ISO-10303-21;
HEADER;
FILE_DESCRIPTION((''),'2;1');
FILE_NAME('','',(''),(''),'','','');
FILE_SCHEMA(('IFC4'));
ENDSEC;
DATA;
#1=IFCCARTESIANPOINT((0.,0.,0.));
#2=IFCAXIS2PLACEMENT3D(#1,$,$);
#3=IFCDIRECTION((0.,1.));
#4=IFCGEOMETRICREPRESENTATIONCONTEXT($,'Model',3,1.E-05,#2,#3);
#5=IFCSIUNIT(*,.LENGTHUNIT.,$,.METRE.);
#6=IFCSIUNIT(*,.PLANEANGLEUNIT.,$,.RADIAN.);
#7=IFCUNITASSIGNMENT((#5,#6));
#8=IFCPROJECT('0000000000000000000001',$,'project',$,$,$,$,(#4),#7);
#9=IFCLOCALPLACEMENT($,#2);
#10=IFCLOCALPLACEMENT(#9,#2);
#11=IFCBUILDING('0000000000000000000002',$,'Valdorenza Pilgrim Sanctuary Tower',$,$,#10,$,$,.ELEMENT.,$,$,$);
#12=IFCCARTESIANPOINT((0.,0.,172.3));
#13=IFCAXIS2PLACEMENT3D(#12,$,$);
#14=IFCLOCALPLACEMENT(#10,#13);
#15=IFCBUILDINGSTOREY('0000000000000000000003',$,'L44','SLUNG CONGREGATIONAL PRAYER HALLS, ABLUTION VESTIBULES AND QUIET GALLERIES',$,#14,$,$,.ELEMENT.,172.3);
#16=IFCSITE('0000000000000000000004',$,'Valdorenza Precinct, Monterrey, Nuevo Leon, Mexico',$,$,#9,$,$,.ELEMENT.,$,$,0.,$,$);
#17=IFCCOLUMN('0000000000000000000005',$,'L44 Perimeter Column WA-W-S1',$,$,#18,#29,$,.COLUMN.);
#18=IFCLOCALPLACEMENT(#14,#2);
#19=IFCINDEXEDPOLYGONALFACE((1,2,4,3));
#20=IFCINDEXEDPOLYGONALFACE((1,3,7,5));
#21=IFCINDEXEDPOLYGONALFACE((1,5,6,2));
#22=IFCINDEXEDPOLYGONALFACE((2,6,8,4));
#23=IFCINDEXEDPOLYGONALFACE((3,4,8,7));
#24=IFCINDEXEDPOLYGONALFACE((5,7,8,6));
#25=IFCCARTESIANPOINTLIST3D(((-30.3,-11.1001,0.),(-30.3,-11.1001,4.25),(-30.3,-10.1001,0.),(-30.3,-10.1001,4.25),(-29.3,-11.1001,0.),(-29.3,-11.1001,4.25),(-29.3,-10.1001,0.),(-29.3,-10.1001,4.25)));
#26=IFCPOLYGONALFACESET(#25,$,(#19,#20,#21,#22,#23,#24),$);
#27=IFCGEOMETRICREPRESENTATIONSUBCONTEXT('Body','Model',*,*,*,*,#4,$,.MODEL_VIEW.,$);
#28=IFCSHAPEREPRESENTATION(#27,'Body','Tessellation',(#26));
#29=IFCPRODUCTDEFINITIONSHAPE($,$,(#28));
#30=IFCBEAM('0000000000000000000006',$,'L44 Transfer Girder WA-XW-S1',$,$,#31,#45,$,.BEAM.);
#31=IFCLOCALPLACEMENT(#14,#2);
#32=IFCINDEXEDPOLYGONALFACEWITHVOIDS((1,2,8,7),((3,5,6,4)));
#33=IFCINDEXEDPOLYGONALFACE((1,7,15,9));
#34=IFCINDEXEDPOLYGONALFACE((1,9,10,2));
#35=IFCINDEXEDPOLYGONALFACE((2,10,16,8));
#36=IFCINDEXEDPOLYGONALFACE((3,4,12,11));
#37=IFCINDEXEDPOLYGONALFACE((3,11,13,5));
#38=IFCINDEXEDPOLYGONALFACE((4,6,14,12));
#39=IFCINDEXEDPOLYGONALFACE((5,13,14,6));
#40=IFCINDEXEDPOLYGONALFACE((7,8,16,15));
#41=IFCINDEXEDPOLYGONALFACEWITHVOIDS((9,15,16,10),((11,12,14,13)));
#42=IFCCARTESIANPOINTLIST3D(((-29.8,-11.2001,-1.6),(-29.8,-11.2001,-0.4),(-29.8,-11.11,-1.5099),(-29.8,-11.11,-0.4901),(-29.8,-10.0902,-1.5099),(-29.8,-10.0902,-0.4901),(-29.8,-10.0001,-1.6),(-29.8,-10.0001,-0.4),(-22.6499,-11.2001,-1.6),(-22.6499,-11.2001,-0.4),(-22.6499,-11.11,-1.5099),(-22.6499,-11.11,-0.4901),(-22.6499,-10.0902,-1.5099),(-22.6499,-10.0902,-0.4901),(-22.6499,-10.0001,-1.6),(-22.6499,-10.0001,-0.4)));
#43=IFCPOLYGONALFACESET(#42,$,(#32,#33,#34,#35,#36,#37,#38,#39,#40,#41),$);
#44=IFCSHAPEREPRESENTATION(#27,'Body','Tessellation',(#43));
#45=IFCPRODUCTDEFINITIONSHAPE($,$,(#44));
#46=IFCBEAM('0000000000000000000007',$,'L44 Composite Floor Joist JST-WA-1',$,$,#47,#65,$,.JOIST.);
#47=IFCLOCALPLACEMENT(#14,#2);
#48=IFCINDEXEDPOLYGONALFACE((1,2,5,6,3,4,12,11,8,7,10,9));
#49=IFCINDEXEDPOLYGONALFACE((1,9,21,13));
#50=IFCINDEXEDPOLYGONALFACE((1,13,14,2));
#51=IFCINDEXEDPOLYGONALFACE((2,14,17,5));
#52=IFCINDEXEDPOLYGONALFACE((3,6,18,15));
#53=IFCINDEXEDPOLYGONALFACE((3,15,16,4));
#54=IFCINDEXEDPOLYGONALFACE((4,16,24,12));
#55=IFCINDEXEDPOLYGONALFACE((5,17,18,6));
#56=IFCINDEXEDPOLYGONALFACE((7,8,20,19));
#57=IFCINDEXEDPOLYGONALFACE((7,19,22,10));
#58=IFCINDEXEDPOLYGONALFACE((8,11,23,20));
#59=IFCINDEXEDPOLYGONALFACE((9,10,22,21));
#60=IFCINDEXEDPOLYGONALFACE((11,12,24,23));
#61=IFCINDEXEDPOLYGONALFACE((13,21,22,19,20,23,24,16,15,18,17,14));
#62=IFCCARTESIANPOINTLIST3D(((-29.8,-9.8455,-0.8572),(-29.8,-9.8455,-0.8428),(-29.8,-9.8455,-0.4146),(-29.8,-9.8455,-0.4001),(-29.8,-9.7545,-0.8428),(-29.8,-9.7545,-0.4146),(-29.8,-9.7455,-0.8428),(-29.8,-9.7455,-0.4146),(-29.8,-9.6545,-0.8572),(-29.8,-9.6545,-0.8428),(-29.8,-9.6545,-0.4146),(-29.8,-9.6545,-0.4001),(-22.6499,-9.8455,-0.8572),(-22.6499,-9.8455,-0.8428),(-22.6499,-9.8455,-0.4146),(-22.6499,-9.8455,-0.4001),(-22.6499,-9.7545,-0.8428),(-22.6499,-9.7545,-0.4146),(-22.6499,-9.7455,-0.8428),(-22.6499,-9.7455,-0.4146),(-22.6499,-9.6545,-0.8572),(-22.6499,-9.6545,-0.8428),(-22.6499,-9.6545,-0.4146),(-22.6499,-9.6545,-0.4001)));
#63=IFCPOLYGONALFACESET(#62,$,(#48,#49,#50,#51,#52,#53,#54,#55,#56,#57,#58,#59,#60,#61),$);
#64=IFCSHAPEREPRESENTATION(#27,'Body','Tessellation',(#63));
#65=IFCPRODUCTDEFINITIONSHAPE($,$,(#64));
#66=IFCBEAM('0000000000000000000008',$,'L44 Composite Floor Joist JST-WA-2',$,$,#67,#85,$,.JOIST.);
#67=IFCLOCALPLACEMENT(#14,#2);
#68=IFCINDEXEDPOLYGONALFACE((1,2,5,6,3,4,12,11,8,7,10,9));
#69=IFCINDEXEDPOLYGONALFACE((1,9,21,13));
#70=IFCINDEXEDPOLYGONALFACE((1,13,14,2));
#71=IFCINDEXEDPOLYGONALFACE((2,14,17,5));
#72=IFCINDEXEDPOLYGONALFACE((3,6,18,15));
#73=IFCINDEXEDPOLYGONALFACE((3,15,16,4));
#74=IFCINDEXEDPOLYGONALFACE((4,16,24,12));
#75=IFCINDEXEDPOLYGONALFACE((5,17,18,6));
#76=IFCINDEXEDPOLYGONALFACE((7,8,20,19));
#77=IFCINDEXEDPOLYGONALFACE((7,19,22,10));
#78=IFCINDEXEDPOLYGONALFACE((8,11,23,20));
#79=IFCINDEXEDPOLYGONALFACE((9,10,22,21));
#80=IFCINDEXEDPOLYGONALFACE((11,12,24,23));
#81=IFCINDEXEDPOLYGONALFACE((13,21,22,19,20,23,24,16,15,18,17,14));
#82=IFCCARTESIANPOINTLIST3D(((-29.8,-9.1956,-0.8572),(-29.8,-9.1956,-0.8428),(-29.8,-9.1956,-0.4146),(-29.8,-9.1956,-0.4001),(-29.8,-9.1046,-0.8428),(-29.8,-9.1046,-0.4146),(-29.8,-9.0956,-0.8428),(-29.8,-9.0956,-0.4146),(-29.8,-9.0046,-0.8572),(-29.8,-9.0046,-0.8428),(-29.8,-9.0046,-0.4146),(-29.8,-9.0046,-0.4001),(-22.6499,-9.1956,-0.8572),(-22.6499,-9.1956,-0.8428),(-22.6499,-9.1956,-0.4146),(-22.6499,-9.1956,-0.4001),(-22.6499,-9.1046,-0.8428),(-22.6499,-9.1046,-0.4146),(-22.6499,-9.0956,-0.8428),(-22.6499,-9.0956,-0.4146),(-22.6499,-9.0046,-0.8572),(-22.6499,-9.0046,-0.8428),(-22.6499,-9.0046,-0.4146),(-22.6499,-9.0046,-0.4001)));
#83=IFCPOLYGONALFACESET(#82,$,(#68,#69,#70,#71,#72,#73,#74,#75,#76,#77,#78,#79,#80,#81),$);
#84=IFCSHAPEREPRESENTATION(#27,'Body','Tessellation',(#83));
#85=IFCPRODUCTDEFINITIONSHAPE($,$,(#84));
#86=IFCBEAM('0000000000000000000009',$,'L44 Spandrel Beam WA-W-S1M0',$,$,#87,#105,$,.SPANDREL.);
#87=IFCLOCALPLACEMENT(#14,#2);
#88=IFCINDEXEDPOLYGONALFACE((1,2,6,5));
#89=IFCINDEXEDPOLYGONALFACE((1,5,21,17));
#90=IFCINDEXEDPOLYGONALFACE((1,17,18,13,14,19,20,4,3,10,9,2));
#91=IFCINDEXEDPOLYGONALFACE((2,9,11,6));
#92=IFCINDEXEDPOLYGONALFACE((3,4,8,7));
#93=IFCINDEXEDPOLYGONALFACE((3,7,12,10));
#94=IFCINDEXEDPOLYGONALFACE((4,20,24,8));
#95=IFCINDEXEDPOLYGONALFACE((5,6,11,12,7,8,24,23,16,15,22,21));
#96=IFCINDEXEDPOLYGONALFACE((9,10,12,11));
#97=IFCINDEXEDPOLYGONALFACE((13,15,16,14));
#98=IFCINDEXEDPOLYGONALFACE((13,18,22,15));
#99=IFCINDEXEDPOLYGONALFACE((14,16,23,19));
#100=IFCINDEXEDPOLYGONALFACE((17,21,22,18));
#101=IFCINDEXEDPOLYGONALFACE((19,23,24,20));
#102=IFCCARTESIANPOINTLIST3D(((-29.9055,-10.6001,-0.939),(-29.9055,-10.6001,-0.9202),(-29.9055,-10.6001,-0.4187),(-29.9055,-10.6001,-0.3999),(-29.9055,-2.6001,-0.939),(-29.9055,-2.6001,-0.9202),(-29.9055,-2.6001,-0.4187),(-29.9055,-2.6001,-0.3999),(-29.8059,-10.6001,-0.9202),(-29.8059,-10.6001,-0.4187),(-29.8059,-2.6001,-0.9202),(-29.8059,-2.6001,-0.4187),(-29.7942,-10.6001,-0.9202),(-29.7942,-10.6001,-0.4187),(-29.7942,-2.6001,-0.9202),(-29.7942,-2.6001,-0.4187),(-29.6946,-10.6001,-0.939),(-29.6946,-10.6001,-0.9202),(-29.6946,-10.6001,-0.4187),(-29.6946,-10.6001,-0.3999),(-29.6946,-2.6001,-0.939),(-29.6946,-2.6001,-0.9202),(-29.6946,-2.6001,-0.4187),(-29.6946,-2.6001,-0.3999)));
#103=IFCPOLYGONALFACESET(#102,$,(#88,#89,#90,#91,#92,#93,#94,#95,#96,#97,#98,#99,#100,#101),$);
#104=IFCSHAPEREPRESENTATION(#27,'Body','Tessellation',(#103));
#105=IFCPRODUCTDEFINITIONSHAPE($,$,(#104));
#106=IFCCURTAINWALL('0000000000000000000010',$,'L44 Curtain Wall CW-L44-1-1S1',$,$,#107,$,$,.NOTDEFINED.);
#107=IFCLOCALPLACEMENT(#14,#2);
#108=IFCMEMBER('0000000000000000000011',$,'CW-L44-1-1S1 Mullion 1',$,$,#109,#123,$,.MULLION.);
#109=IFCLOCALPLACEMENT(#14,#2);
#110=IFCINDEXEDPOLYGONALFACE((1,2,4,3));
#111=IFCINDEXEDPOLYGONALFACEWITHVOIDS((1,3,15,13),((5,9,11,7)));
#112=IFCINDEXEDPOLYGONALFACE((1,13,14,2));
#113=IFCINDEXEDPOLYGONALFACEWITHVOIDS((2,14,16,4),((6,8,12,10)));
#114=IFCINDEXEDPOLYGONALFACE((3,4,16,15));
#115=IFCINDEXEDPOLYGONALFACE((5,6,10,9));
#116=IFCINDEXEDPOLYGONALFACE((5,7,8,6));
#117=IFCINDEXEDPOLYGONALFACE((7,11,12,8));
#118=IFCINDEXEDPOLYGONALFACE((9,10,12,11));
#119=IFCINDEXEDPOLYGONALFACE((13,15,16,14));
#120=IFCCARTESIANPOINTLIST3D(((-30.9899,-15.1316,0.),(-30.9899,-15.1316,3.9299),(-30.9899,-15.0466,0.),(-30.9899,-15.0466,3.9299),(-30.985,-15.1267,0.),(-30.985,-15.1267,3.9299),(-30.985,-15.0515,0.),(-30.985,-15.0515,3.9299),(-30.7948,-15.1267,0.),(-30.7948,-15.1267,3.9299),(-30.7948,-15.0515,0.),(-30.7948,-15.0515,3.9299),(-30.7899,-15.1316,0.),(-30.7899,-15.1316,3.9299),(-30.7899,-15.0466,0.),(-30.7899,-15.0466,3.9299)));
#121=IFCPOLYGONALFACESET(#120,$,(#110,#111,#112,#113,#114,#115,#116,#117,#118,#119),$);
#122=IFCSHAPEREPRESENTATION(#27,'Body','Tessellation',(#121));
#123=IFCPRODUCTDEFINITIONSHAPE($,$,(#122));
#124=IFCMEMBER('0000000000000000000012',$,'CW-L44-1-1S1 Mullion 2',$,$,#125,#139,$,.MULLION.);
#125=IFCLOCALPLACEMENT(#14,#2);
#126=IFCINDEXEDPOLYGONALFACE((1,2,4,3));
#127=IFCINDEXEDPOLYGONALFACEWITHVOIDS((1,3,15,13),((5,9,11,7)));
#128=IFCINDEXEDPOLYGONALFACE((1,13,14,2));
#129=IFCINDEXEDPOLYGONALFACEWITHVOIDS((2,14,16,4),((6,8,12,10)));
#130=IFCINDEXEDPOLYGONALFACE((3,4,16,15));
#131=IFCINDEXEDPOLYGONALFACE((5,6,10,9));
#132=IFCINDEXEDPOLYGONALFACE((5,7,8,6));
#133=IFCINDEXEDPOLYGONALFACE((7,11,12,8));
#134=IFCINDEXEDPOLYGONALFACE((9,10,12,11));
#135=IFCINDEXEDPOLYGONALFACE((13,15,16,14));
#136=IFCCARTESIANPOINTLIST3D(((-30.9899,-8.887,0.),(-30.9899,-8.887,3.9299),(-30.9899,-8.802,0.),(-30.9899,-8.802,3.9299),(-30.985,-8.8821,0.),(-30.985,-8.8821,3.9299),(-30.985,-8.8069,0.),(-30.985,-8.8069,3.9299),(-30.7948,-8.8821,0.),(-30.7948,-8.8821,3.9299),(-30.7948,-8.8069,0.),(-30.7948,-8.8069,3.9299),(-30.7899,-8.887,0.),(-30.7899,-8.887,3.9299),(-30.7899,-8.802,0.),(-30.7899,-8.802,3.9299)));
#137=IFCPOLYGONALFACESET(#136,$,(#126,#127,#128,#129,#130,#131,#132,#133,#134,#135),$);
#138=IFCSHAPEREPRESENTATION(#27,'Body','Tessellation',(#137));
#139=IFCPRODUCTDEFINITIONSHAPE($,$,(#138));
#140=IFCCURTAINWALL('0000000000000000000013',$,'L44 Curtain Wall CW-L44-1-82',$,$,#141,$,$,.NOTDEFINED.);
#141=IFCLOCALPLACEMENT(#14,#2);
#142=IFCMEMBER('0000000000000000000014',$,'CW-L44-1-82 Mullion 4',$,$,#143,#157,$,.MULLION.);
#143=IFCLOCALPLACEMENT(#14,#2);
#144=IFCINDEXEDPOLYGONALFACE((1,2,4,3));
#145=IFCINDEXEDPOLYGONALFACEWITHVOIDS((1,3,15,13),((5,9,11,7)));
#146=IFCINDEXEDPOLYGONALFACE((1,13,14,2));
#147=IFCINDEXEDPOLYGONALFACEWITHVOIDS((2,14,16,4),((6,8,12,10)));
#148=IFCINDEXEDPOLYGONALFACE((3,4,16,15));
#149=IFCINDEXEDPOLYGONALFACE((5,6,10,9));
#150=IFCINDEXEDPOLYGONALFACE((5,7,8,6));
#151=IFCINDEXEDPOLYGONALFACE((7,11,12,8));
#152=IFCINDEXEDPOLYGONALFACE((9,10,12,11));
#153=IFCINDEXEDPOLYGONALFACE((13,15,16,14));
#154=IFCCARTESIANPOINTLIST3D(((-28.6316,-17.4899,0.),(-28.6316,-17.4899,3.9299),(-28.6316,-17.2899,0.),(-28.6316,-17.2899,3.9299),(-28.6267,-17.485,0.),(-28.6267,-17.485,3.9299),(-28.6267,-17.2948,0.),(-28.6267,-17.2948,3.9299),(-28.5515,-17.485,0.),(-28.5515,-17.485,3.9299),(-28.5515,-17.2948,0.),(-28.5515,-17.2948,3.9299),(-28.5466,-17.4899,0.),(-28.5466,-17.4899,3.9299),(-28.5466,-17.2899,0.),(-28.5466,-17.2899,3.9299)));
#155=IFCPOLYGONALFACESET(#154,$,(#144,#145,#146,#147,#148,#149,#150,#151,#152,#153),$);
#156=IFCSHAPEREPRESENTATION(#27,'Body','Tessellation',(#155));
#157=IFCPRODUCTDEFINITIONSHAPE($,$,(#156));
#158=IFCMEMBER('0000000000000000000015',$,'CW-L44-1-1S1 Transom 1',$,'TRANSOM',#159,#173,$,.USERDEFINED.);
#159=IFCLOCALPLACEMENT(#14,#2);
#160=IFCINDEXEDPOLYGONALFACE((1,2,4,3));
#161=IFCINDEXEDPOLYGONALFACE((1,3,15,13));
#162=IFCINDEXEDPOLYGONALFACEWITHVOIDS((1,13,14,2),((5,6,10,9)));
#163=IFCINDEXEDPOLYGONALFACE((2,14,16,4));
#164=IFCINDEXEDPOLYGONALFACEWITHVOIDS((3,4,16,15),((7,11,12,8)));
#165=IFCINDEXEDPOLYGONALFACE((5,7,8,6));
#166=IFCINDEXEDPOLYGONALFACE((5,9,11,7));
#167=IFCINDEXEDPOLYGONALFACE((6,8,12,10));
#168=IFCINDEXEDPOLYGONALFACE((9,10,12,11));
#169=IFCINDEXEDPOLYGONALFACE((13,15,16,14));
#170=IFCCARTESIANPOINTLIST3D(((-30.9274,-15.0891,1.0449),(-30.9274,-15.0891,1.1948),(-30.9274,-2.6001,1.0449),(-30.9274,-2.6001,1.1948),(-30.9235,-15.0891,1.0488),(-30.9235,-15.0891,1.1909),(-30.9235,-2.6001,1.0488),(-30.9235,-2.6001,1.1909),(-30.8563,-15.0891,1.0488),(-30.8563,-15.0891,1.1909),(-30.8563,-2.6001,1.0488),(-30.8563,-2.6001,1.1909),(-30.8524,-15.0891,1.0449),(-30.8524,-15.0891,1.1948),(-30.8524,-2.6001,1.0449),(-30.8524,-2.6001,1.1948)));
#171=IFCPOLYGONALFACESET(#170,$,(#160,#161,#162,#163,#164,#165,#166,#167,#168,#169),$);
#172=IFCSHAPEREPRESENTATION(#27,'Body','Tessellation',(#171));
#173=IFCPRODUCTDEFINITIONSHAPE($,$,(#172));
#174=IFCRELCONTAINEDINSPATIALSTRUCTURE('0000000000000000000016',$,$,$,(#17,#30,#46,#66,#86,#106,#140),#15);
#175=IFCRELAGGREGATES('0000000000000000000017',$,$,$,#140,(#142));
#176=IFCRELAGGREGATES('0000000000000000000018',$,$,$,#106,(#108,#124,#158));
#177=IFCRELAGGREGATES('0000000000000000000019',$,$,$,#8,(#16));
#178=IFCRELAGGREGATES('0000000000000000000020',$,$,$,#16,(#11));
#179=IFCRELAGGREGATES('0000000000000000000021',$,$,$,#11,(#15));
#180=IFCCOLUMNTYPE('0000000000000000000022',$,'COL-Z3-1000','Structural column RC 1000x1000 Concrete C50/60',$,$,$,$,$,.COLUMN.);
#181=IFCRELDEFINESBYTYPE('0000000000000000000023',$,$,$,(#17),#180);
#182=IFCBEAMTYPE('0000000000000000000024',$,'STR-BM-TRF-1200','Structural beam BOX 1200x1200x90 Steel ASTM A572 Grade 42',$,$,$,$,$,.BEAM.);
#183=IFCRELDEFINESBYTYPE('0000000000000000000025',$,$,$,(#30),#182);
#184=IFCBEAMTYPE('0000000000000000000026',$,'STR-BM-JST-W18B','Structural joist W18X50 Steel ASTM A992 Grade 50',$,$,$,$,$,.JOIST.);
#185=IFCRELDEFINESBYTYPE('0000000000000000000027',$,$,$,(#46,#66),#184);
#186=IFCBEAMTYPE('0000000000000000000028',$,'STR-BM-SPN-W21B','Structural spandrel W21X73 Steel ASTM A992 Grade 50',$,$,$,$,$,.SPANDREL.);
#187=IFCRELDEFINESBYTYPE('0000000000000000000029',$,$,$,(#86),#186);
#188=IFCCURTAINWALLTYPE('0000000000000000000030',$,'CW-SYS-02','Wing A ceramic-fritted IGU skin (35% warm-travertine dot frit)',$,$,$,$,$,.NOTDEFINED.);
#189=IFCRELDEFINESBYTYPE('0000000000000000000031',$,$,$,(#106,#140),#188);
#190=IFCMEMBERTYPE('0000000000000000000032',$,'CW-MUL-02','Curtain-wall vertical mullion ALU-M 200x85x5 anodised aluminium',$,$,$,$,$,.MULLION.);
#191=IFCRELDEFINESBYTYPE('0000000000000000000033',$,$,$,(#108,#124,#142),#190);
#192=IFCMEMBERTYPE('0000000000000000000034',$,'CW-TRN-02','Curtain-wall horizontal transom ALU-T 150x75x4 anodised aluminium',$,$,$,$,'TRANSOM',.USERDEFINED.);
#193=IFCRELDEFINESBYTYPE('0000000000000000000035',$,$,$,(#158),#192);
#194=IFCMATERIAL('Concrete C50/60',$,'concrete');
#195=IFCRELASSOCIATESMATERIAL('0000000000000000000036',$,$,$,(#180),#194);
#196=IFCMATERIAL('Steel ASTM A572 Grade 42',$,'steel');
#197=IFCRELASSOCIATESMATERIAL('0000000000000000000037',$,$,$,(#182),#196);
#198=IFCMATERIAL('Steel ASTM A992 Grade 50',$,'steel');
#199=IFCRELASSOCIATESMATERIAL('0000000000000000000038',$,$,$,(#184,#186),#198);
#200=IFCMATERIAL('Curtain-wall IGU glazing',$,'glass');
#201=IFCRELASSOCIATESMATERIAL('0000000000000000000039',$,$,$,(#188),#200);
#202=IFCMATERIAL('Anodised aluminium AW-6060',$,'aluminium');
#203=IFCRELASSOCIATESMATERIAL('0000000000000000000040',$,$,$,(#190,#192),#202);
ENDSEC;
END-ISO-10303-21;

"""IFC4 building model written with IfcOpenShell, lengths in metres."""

from ifc_helpers import new_model, si_unit, direction, frame, origin, origin_2d, place, context, subcontext, project, spatial, rectangle, hollow_rectangle, i_section, extrude, source, transform, mapped, material, material_profile, profile_set, type_object, element, aggregate, save


model = new_model("IFC4")

# Units and contexts
model_context = context("Model", 3, precision=1e-05, world=origin(), true_north=direction((0.0, 1.0)))
body_context = subcontext(model_context, "Body", "Model", "MODEL_VIEW")
ifc_project = project(units=[si_unit("LENGTHUNIT", "METRE"), si_unit("PLANEANGLEUNIT", "RADIAN")], contexts=[model_context])

# Site, building, storey
site_placement = place(None, origin())
site = spatial("IfcSite", under=ifc_project, at=site_placement, Name="Valdorenza Precinct, Monterrey, Nuevo Leon, Mexico", CompositionType="ELEMENT", RefElevation=0.0)
building_placement = place(site_placement, origin())
building = spatial("IfcBuilding", under=site, at=building_placement, Name="Valdorenza Pilgrim Sanctuary Tower", CompositionType="ELEMENT")
storey_placement = place(building_placement, frame((0.0, 0.0, 172.3)))
storey = spatial("IfcBuildingStorey", under=building, at=storey_placement, Name="L44", Description="SLUNG CONGREGATIONAL PRAYER HALLS, ABLUTION VESTIBULES AND QUIET GALLERIES", CompositionType="ELEMENT", Elevation=172.3)

# Column
ifc_material_1 = material(Name="Concrete C50/60", Category="concrete")
ifc_material_profile_1 = material_profile(ifc_material_1, rectangle(XDim=1.0, YDim=1.0, at=origin_2d()), Name="RC 1000x1000")
ifc_profile_set_1 = profile_set([ifc_material_profile_1], Name="Concrete C50/60")
column_type = type_object("IfcColumnType", Name="COL-Z3-1000", Description="Structural column RC 1000x1000 Concrete C50/60", PredefinedType="COLUMN", material=ifc_profile_set_1)
shared_shape_1 = source(origin(), body_context, "Body", "SweptSolid", [
    extrude(rectangle(XDim=1.0, YDim=1.0, at=origin_2d()), origin(), (0.0, 0.0, 1.0), 4.25),
])
column_placement = place(storey_placement, frame((-29.8, -10.6001, 0.0), z_axis=(0.0, 0.0, 1.0), x_axis=(1.0, 0.0, 0.0)))
element("IfcColumn", 1, at=column_placement, inside=storey, type_object=column_type, Name="L44 Perimeter Column WA-W-S1", PredefinedType="COLUMN", context=body_context, shape_type="MappedRepresentation", body=[
    mapped(shared_shape_1, transform((0.0, 0.0, 0.0), x_axis=(1.0, 0.0, 0.0), y_axis=(0.0, 1.0, 0.0), z_axis=(0.0, 0.0, 1.0), scale=1.0)),
])

# Beams
ifc_material_2 = material(Name="Steel ASTM A572 Grade 42", Category="steel")
ifc_material_profile_2 = material_profile(ifc_material_2, hollow_rectangle(XDim=1.2, YDim=1.2, WallThickness=0.0901, at=origin_2d()), Name="BOX 1200x1200x90")
ifc_profile_set_2 = profile_set([ifc_material_profile_2], Name="Steel ASTM A572 Grade 42")
beam_type_1 = type_object("IfcBeamType", Name="STR-BM-TRF-1200", Description="Structural beam BOX 1200x1200x90 Steel ASTM A572 Grade 42", PredefinedType="BEAM", material=ifc_profile_set_2)
shared_shape_2 = source(origin(), body_context, "Body", "SweptSolid", [
    extrude(hollow_rectangle(XDim=1.2, YDim=1.2, WallThickness=0.0901, at=origin_2d()), origin(), (0.0, 0.0, 1.0), 7.1501),
])
beam_1_placement = place(storey_placement, frame((-29.8, -10.6001, -1.0), z_axis=(1.0, 0.0, 0.0), x_axis=(0.0, 1.0, 0.0)))
element("IfcBeam", 2, at=beam_1_placement, inside=storey, type_object=beam_type_1, Name="L44 Transfer Girder WA-XW-S1", PredefinedType="BEAM", context=body_context, shape_type="MappedRepresentation", body=[
    mapped(shared_shape_2, transform((0.0, 0.0, 0.0), x_axis=(1.0, 0.0, 0.0), y_axis=(0.0, 1.0, 0.0), z_axis=(0.0, 0.0, 1.0), scale=1.0)),
])
ifc_material_3 = material(Name="Steel ASTM A992 Grade 50", Category="steel")
ifc_material_profile_3 = material_profile(ifc_material_3, i_section(OverallWidth=0.1909, OverallDepth=0.457, WebThickness=0.009, FlangeThickness=0.0144, at=origin_2d()), Name="W18X50")
ifc_profile_set_3 = profile_set([ifc_material_profile_3], Name="Steel ASTM A992 Grade 50")
beam_type_2 = type_object("IfcBeamType", Name="STR-BM-JST-W18B", Description="Structural joist W18X50 Steel ASTM A992 Grade 50", PredefinedType="JOIST", material=ifc_profile_set_3)
shared_shape_3 = source(origin(), body_context, "Body", "SweptSolid", [
    extrude(i_section(OverallWidth=0.1909, OverallDepth=0.457, WebThickness=0.009, FlangeThickness=0.0144, at=origin_2d()), origin(), (0.0, 0.0, 1.0), 7.1501),
])
for number, where, z_axis, x_axis, name in (
    (3, (-29.8, -9.75, -0.6287), (1.0, 0.0, 0.0), (0.0, 1.0, 0.0), "L44 Composite Floor Joist JST-WA-1"),
    (4, (-29.8, -9.1001, -0.6287), (1.0, 0.0, 0.0), (0.0, 1.0, 0.0), "L44 Composite Floor Joist JST-WA-2"),
):
    element("IfcBeam", number, at=place(storey_placement, frame(where, z_axis=z_axis, x_axis=x_axis)), inside=storey, type_object=beam_type_2, Name=name, PredefinedType="JOIST", context=body_context, shape_type="MappedRepresentation", body=[
        mapped(shared_shape_3, transform((0.0, 0.0, 0.0), x_axis=(1.0, 0.0, 0.0), y_axis=(0.0, 1.0, 0.0), z_axis=(0.0, 0.0, 1.0), scale=1.0)),
    ])
ifc_material_profile_4 = material_profile(ifc_material_3, i_section(OverallWidth=0.2109, OverallDepth=0.5391, WebThickness=0.0117, FlangeThickness=0.0188, at=origin_2d()), Name="W21X73")
ifc_profile_set_4 = profile_set([ifc_material_profile_4], Name="Steel ASTM A992 Grade 50")
beam_type_3 = type_object("IfcBeamType", Name="STR-BM-SPN-W21B", Description="Structural spandrel W21X73 Steel ASTM A992 Grade 50", PredefinedType="SPANDREL", material=ifc_profile_set_4)
shared_shape_4 = source(origin(), body_context, "Body", "SweptSolid", [
    extrude(i_section(OverallWidth=0.2109, OverallDepth=0.5391, WebThickness=0.0117, FlangeThickness=0.0188, at=origin_2d()), origin(), (0.0, 0.0, 1.0), 8.0),
])
beam_2_placement = place(storey_placement, frame((-29.8, -10.6001, -0.6694), z_axis=(0.0, 1.0, 0.0), x_axis=(-1.0, 0.0, 0.0)))
element("IfcBeam", 5, at=beam_2_placement, inside=storey, type_object=beam_type_3, Name="L44 Spandrel Beam WA-W-S1M0", PredefinedType="SPANDREL", context=body_context, shape_type="MappedRepresentation", body=[
    mapped(shared_shape_4, transform((0.0, 0.0, 0.0), x_axis=(1.0, 0.0, 0.0), y_axis=(0.0, 1.0, 0.0), z_axis=(0.0, 0.0, 1.0), scale=1.0)),
])

# Curtain wall, members
ifc_material_4 = material(Name="Curtain-wall IGU glazing", Category="glass")
curtain_wall_type = type_object("IfcCurtainWallType", Name="CW-SYS-02", Description="Wing A ceramic-fritted IGU skin (35% warm-travertine dot frit)", PredefinedType="NOTDEFINED", material=ifc_material_4)
curtain_wall_1_placement = place(storey_placement, origin())
curtain_wall_1 = element("IfcCurtainWall", 6, at=curtain_wall_1_placement, inside=storey, type_object=curtain_wall_type, Name="L44 Curtain Wall CW-L44-1-1S1", PredefinedType="NOTDEFINED")
ifc_material_5 = material(Name="Anodised aluminium AW-6060", Category="aluminium")
ifc_material_profile_5 = material_profile(ifc_material_5, hollow_rectangle(XDim=0.085, YDim=0.2, WallThickness=0.0049, at=origin_2d()), Name="ALU-M 200x85x5")
ifc_profile_set_5 = profile_set([ifc_material_profile_5], Name="Anodised aluminium AW-6060")
member_type_1 = type_object("IfcMemberType", Name="CW-MUL-02", Description="Curtain-wall vertical mullion ALU-M 200x85x5 anodised aluminium", PredefinedType="MULLION", material=ifc_profile_set_5)
shared_shape_5 = source(origin(), body_context, "Body", "SweptSolid", [
    extrude(hollow_rectangle(XDim=0.085, YDim=0.2, WallThickness=0.0049, at=origin_2d()), origin(), (0.0, 0.0, 1.0), 3.9299),
])
member_1_placement = place(storey_placement, frame((-30.8899, -15.0891, 0.0), z_axis=(0.0, 0.0, 1.0), x_axis=(0.0, 1.0, 0.0)))
member_1 = element("IfcMember", 7, at=member_1_placement, type_object=member_type_1, Name="CW-L44-1-1S1 Mullion 1", PredefinedType="MULLION", context=body_context, shape_type="MappedRepresentation", body=[
    mapped(shared_shape_5, transform((0.0, 0.0, 0.0), x_axis=(1.0, 0.0, 0.0), y_axis=(0.0, 1.0, 0.0), z_axis=(0.0, 0.0, 1.0), scale=1.0)),
])
member_2_placement = place(storey_placement, frame((-30.8899, -8.8445, 0.0), z_axis=(0.0, 0.0, 1.0), x_axis=(0.0, 1.0, 0.0)))
member_2 = element("IfcMember", 8, at=member_2_placement, type_object=member_type_1, Name="CW-L44-1-1S1 Mullion 2", PredefinedType="MULLION", context=body_context, shape_type="MappedRepresentation", body=[
    mapped(shared_shape_5, transform((0.0, 0.0, 0.0), x_axis=(1.0, 0.0, 0.0), y_axis=(0.0, 1.0, 0.0), z_axis=(0.0, 0.0, 1.0), scale=1.0)),
])

# Curtain wall, member
curtain_wall_2_placement = place(storey_placement, origin())
curtain_wall_2 = element("IfcCurtainWall", 9, at=curtain_wall_2_placement, inside=storey, type_object=curtain_wall_type, Name="L44 Curtain Wall CW-L44-1-82", PredefinedType="NOTDEFINED")
member_3_placement = place(storey_placement, frame((-28.5891, -17.3899, 0.0), z_axis=(0.0, 0.0, 1.0), x_axis=(-1.0, 0.0, 0.0)))
member_3 = element("IfcMember", 10, at=member_3_placement, type_object=member_type_1, Name="CW-L44-1-82 Mullion 4", PredefinedType="MULLION", context=body_context, shape_type="MappedRepresentation", body=[
    mapped(shared_shape_5, transform((0.0, 0.0, 0.0), x_axis=(1.0, 0.0, 0.0), y_axis=(0.0, 1.0, 0.0), z_axis=(0.0, 0.0, 1.0), scale=1.0)),
])
aggregate(curtain_wall_2, [member_3])

# Member
ifc_material_profile_6 = material_profile(ifc_material_5, hollow_rectangle(XDim=0.075, YDim=0.1499, WallThickness=0.0039, at=origin_2d()), Name="ALU-T 150x75x4")
ifc_profile_set_6 = profile_set([ifc_material_profile_6], Name="Anodised aluminium AW-6060")
member_type_2 = type_object("IfcMemberType", Name="CW-TRN-02", Description="Curtain-wall horizontal transom ALU-T 150x75x4 anodised aluminium", ElementType="TRANSOM", PredefinedType="USERDEFINED", material=ifc_profile_set_6)
shared_shape_6 = source(origin(), body_context, "Body", "SweptSolid", [
    extrude(hollow_rectangle(XDim=0.075, YDim=0.1499, WallThickness=0.0039, at=origin_2d()), origin(), (0.0, 0.0, 1.0), 12.489),
])
member_4_placement = place(storey_placement, frame((-30.8899, -15.0891, 1.1199), z_axis=(0.0, 1.0, 0.0), x_axis=(-1.0, 0.0, 0.0)))
member_4 = element("IfcMember", 11, at=member_4_placement, type_object=member_type_2, Name="CW-L44-1-1S1 Transom 1", ObjectType="TRANSOM", PredefinedType="USERDEFINED", context=body_context, shape_type="MappedRepresentation", body=[
    mapped(shared_shape_6, transform((0.0, 0.0, 0.0), x_axis=(1.0, 0.0, 0.0), y_axis=(0.0, 1.0, 0.0), z_axis=(0.0, 0.0, 1.0), scale=1.0)),
])

aggregate(curtain_wall_1, [member_1, member_2, member_4])

save(model, "model.ifc")
